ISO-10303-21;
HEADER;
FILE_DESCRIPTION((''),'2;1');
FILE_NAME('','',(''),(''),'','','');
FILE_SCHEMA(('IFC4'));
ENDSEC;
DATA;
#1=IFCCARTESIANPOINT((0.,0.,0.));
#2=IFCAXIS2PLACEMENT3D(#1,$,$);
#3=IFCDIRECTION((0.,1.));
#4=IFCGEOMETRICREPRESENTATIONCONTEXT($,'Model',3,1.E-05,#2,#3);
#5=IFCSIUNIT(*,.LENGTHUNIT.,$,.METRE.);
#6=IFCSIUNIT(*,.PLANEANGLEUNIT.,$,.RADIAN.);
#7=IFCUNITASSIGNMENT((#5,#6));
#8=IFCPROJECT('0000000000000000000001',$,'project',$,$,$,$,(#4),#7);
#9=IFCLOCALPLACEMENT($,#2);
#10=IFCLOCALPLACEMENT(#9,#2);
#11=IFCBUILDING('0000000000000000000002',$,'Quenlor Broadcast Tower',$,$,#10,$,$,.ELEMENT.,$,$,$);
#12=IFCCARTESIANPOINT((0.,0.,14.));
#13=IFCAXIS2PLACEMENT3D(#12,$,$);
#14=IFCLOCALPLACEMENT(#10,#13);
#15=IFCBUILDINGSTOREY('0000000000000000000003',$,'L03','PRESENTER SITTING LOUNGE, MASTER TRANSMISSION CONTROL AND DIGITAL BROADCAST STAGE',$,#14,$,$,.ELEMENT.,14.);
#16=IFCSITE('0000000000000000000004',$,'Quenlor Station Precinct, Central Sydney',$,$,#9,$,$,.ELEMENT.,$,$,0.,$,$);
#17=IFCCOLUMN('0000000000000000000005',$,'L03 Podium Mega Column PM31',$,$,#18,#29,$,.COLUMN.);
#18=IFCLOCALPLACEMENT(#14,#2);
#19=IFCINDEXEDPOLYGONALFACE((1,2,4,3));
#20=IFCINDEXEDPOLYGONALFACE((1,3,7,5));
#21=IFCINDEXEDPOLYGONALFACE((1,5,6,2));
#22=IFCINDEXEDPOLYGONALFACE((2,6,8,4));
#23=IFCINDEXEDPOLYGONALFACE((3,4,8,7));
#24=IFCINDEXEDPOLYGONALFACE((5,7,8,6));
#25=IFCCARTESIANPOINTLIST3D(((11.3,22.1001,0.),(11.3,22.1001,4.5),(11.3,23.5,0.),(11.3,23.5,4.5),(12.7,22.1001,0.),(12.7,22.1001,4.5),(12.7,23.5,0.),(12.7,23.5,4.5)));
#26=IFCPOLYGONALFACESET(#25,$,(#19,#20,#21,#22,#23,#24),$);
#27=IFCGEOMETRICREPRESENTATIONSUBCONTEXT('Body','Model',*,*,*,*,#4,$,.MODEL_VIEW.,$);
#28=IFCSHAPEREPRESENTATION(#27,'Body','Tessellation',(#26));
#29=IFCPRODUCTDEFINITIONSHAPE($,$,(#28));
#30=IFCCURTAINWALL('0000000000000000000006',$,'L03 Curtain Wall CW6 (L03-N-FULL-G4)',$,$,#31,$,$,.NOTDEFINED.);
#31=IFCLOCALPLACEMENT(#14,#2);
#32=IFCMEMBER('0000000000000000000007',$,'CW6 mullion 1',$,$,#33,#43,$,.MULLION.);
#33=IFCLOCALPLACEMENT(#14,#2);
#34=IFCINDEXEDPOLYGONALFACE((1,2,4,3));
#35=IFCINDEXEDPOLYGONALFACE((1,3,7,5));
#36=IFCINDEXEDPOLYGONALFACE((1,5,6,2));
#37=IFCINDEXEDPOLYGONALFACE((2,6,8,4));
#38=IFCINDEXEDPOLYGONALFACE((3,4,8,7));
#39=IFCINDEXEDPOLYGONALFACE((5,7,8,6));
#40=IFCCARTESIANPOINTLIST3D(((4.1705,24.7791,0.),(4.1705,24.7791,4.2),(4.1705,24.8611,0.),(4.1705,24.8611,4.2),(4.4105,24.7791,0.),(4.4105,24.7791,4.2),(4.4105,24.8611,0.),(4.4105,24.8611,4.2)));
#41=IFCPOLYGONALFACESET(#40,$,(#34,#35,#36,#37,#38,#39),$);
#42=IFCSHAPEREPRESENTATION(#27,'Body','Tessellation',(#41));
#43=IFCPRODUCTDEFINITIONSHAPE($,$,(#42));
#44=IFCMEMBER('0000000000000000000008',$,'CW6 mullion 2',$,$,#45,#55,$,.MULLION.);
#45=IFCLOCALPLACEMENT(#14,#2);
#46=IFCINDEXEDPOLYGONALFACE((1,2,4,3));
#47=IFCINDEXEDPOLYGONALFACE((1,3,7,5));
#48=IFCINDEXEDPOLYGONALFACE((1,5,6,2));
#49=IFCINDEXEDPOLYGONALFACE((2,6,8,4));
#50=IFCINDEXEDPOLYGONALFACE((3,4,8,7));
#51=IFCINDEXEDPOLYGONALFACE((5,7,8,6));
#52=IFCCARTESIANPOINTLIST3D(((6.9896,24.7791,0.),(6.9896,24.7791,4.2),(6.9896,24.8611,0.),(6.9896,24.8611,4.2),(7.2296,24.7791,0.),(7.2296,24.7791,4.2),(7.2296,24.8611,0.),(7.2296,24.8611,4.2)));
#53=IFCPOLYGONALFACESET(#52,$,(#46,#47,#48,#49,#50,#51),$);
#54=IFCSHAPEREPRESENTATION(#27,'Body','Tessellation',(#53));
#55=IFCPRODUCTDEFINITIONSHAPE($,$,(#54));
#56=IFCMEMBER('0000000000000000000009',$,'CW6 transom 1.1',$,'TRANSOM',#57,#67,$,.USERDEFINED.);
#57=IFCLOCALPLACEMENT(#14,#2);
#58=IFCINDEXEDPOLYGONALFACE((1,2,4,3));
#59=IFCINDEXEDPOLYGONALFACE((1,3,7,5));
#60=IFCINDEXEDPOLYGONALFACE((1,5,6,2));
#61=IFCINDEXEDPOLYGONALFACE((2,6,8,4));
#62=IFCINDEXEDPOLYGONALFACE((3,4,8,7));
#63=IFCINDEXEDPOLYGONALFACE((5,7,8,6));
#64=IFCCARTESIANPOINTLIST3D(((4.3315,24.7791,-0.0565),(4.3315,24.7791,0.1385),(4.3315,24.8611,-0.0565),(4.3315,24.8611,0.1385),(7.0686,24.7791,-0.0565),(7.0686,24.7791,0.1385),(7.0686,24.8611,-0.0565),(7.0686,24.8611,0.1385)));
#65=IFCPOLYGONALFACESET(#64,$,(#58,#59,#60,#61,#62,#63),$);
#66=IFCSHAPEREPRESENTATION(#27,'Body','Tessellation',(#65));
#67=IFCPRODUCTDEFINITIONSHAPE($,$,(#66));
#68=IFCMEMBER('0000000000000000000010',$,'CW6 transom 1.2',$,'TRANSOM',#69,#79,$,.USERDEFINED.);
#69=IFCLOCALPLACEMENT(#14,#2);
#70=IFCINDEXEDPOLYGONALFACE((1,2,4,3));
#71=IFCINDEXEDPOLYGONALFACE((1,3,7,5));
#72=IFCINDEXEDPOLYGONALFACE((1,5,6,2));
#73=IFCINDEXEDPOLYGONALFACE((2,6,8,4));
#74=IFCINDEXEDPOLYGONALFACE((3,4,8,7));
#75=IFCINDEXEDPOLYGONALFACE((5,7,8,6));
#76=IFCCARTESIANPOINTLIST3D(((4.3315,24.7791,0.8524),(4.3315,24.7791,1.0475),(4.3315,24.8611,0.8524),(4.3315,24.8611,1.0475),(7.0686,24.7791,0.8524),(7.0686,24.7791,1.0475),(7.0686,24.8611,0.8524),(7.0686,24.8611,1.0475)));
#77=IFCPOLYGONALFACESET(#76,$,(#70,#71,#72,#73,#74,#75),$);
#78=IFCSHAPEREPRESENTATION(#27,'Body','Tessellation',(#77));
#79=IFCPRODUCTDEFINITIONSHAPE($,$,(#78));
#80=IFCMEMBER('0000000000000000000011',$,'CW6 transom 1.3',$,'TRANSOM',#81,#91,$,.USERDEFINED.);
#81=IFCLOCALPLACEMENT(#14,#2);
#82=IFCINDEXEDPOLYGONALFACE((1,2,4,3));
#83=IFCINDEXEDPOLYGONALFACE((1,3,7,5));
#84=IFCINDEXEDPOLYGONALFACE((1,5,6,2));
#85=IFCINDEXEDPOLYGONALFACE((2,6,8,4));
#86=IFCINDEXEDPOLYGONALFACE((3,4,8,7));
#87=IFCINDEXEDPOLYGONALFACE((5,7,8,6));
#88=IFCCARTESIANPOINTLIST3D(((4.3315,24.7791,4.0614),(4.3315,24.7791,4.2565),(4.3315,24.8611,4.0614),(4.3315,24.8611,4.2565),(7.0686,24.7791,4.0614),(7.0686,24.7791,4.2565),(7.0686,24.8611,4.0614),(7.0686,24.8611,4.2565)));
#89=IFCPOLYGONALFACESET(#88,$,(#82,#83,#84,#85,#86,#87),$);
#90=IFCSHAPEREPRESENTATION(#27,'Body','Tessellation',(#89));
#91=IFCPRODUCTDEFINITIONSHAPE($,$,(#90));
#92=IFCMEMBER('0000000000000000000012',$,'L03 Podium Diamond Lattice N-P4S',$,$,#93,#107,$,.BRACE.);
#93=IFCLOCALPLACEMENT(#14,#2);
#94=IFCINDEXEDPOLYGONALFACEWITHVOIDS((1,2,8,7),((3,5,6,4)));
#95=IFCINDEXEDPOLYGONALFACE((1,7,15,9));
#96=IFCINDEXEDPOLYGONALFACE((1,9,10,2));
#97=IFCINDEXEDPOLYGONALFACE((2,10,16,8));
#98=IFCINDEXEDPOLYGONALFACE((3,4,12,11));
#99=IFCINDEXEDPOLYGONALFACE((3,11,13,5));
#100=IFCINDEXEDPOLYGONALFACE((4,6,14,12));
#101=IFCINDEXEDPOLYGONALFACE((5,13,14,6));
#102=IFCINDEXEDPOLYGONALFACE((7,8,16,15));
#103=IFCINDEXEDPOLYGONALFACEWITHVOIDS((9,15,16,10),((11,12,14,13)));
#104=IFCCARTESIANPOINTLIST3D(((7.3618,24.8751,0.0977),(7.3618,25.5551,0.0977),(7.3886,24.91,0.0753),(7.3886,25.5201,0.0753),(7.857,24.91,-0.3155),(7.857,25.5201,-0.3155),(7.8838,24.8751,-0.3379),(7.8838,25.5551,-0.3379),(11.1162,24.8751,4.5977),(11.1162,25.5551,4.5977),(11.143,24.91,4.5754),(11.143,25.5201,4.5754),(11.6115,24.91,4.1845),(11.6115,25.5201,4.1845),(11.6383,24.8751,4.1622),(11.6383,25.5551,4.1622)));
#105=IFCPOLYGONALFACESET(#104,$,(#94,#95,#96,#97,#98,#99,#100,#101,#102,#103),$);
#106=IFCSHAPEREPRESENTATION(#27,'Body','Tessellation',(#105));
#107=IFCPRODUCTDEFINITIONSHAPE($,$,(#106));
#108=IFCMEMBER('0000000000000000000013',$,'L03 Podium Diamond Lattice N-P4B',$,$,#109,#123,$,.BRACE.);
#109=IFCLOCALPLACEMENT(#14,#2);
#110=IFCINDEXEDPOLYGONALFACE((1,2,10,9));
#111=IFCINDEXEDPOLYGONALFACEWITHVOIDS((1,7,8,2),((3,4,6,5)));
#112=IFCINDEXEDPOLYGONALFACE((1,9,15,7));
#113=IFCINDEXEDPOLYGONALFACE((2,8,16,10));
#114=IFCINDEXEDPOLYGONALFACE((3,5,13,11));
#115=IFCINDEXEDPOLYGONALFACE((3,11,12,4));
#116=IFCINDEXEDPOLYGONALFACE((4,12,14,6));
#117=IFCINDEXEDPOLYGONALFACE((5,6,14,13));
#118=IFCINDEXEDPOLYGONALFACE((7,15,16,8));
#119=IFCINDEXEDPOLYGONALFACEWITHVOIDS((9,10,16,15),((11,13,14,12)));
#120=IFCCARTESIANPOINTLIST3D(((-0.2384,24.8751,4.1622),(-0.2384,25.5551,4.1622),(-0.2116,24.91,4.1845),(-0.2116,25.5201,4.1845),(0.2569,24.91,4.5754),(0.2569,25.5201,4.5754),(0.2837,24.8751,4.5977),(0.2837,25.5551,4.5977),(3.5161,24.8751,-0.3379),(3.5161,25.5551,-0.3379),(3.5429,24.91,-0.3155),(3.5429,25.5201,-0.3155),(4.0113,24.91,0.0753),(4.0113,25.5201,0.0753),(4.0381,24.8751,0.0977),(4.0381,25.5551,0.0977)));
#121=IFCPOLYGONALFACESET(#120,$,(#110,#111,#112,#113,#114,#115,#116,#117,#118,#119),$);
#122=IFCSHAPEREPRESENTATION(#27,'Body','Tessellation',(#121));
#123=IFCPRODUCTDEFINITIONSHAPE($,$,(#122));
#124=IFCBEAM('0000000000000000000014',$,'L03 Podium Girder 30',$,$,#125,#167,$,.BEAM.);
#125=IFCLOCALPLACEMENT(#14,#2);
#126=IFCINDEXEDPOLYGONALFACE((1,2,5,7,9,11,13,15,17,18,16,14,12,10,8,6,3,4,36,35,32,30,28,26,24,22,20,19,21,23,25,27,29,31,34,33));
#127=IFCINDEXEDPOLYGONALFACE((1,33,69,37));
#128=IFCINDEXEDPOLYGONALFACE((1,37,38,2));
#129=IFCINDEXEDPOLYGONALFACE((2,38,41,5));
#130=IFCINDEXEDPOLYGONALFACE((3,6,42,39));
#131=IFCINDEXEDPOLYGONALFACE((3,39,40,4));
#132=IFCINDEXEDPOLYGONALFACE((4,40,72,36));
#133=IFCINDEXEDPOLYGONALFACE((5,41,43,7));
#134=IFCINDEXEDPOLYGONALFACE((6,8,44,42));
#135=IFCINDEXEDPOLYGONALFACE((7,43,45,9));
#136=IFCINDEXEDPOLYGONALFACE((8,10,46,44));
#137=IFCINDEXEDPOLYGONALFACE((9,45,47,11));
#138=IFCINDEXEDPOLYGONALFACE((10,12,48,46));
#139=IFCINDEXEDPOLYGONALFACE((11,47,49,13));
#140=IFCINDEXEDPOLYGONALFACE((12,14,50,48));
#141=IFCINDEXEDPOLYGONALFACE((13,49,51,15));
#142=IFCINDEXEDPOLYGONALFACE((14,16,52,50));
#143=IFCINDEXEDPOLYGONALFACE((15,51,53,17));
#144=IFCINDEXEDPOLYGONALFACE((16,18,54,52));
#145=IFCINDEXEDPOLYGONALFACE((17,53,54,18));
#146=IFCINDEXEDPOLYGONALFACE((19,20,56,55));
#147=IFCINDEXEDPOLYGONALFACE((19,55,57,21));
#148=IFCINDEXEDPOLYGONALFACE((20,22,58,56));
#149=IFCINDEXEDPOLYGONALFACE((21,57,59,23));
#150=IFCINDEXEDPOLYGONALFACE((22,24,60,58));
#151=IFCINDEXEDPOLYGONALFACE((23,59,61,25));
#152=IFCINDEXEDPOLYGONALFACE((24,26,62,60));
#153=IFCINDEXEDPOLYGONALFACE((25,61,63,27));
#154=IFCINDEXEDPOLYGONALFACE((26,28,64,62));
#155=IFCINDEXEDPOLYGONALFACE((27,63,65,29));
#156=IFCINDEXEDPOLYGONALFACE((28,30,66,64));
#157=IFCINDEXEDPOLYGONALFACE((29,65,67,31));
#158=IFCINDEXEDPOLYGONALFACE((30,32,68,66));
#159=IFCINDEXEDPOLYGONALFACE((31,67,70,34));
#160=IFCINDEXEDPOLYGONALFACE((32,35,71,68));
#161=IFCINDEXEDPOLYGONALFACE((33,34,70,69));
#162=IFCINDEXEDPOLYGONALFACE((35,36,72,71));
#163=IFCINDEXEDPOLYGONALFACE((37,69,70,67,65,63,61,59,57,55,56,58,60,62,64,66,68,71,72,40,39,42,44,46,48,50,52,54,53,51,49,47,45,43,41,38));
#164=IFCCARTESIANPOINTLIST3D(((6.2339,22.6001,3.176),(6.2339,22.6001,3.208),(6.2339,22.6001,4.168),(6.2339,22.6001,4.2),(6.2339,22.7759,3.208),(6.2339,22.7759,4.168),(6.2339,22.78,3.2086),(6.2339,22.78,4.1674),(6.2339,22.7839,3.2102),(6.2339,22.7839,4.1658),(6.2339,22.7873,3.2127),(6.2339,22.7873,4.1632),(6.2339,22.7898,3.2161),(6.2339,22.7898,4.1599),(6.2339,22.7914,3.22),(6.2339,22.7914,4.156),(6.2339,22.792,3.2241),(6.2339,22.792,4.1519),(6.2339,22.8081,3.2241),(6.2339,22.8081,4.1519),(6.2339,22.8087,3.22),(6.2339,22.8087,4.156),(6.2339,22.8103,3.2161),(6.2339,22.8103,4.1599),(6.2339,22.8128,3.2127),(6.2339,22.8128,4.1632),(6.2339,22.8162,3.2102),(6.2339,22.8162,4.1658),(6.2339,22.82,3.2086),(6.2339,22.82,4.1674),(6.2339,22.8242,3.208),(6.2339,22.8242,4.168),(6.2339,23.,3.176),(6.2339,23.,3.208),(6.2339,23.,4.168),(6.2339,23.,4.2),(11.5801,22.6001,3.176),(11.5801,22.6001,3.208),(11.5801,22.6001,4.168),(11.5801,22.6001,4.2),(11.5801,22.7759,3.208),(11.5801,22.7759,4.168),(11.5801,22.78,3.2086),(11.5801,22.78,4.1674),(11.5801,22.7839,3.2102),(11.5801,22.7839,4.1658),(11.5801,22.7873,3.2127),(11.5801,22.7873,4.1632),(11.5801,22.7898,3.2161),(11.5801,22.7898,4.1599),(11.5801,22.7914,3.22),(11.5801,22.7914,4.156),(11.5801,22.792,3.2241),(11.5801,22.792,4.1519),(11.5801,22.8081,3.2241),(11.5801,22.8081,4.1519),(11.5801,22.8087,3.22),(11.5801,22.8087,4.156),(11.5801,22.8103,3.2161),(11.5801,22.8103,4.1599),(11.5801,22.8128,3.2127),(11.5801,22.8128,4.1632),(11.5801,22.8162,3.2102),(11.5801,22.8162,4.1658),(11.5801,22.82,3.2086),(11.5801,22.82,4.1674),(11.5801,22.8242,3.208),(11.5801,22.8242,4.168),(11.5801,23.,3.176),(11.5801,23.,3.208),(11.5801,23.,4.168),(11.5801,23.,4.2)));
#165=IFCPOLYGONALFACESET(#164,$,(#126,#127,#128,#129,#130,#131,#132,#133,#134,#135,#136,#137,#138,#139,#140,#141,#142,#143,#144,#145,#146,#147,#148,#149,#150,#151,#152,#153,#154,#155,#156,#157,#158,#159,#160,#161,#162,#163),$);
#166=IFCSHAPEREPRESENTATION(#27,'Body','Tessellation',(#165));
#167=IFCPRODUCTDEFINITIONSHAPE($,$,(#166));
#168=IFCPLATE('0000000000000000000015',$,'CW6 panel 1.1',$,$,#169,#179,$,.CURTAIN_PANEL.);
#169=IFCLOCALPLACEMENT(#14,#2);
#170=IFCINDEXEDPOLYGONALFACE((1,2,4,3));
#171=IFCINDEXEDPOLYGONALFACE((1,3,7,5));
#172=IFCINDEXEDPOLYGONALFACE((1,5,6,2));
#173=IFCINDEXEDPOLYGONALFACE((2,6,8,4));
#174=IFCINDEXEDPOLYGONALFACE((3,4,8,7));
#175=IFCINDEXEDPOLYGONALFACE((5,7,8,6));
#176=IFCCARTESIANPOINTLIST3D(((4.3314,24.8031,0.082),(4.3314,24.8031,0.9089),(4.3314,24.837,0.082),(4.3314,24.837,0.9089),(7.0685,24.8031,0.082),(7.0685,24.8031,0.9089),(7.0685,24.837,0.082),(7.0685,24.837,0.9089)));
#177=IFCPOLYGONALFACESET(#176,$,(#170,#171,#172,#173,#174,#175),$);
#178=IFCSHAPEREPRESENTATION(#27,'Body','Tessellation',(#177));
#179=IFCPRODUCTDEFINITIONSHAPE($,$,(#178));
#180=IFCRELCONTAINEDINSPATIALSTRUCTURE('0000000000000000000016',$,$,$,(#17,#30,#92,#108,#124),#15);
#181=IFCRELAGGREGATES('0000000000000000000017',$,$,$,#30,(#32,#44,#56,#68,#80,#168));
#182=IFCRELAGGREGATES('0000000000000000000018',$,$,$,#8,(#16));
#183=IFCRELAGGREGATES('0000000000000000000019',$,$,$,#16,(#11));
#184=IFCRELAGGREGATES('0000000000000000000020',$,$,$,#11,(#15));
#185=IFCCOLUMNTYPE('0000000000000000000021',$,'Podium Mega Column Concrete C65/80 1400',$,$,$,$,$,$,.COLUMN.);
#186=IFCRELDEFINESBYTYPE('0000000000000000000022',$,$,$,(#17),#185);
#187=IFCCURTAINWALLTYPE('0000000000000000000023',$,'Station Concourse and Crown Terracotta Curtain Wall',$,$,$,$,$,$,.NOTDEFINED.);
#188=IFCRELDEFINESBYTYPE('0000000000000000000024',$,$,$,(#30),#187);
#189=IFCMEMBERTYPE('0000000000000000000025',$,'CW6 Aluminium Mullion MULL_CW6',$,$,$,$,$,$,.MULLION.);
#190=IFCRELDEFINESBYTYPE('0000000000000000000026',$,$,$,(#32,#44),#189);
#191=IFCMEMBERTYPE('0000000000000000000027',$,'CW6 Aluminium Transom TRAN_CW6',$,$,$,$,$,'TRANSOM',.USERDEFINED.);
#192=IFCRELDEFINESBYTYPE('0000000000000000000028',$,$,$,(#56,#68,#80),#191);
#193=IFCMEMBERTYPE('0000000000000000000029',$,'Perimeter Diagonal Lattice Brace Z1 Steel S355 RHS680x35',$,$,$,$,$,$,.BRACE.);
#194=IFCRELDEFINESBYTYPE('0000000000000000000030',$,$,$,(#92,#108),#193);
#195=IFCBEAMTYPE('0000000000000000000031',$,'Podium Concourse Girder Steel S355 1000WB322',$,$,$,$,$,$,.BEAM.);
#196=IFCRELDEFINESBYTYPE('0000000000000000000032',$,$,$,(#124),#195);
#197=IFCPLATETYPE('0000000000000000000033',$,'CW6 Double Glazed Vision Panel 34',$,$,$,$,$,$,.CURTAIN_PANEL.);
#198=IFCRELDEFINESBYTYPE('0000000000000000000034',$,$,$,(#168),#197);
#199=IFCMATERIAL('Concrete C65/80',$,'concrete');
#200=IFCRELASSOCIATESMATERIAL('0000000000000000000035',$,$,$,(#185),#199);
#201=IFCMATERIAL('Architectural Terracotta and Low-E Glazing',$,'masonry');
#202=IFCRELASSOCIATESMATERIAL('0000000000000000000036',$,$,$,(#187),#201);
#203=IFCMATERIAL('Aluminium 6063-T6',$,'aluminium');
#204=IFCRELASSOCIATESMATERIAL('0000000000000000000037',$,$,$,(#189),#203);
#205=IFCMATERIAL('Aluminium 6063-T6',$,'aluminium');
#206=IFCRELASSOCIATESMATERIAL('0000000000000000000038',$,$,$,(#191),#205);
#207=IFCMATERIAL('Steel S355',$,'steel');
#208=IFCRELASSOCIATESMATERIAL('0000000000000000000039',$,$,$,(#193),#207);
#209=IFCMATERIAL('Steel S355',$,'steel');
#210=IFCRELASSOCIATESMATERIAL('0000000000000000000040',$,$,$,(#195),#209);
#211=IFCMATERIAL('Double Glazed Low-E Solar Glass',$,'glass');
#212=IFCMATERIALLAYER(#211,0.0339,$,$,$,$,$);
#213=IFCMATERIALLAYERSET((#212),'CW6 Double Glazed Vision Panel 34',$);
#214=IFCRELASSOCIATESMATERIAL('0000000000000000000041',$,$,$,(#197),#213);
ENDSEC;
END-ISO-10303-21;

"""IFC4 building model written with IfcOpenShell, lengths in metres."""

from ifc_helpers import new_model, si_unit, direction, frame, origin, origin_2d, place, context, subcontext, project, spatial, rectangle, hollow_rectangle, i_section, extrude, material, layer, layer_set, material_profile, profile_set, type_object, element, aggregate, save


model = new_model("IFC4")

# Units and contexts
model_context = context("Model", 3, precision=1e-05, world=origin(), true_north=direction((0.0, 1.0)))
body_context = subcontext(model_context, "Body", "Model", "MODEL_VIEW")
ifc_project = project(units=[si_unit("LENGTHUNIT", "METRE"), si_unit("PLANEANGLEUNIT", "RADIAN")], contexts=[model_context])

# Site, building, storey
site_placement = place(None, origin())
site = spatial("IfcSite", under=ifc_project, at=site_placement, Name="Quenlor Station Precinct, Central Sydney", CompositionType="ELEMENT", RefElevation=0.0)
building_placement = place(site_placement, origin())
building = spatial("IfcBuilding", under=site, at=building_placement, Name="Quenlor Broadcast Tower", CompositionType="ELEMENT")
storey_placement = place(building_placement, frame((0.0, 0.0, 14.0)))
storey = spatial("IfcBuildingStorey", under=building, at=storey_placement, Name="L03", Description="PRESENTER SITTING LOUNGE, MASTER TRANSMISSION CONTROL AND DIGITAL BROADCAST STAGE", CompositionType="ELEMENT", Elevation=14.0)

# Column
ifc_material_1 = material(Name="Concrete C65/80", Category="concrete")
ifc_material_profile_1 = material_profile(ifc_material_1, rectangle(XDim=1.3999, YDim=1.3999, at=origin_2d()))
ifc_profile_set_1 = profile_set([ifc_material_profile_1], Name="Concrete C65/80 RC1400x1400")
column_type = type_object("IfcColumnType", Name="Podium Mega Column Concrete C65/80 1400", PredefinedType="COLUMN", material=ifc_profile_set_1)
column_placement = place(storey_placement, frame((12.0, 22.8, 0.0), z_axis=(0.0, 0.0, 1.0), x_axis=(1.0, 0.0, 0.0)))
element("IfcColumn", 1, at=column_placement, inside=storey, type_object=column_type, Name="L03 Podium Mega Column PM31", PredefinedType="COLUMN", context=body_context, shape_type="SweptSolid", body=[
    extrude(rectangle(XDim=1.3999, YDim=1.3999, at=origin_2d()), origin(), (0.0, 0.0, 1.0), 4.5),
])

# Curtain wall, members
ifc_material_2 = material(Name="Architectural Terracotta and Low-E Glazing", Category="masonry")
curtain_wall_type = type_object("IfcCurtainWallType", Name="Station Concourse and Crown Terracotta Curtain Wall", PredefinedType="NOTDEFINED", material=ifc_material_2)
curtain_wall_placement = place(storey_placement, origin())
curtain_wall = element("IfcCurtainWall", 2, at=curtain_wall_placement, inside=storey, type_object=curtain_wall_type, Name="L03 Curtain Wall CW6 (L03-N-FULL-G4)", PredefinedType="NOTDEFINED")
ifc_material_3 = material(Name="Aluminium 6063-T6", Category="aluminium")
ifc_material_profile_2 = material_profile(ifc_material_3, rectangle(XDim=0.082, YDim=0.24, at=origin_2d()))
ifc_profile_set_2 = profile_set([ifc_material_profile_2], Name="Aluminium 6063-T6 MULL82x240")
member_type_1 = type_object("IfcMemberType", Name="CW6 Aluminium Mullion MULL_CW6", PredefinedType="MULLION", material=ifc_profile_set_2)
member_1_placement = place(storey_placement, frame((4.2905, 24.8201, 0.0), z_axis=(0.0, 0.0, 1.0), x_axis=(0.0, 1.0, 0.0)))
member_1 = element("IfcMember", 3, at=member_1_placement, type_object=member_type_1, Name="CW6 mullion 1", PredefinedType="MULLION", context=body_context, shape_type="SweptSolid", body=[
    extrude(rectangle(XDim=0.082, YDim=0.24, at=origin_2d()), origin(), (0.0, 0.0, 1.0), 4.2),
])
member_2_placement = place(storey_placement, frame((7.1096, 24.8201, 0.0), z_axis=(0.0, 0.0, 1.0), x_axis=(0.0, 1.0, 0.0)))
member_2 = element("IfcMember", 4, at=member_2_placement, type_object=member_type_1, Name="CW6 mullion 2", PredefinedType="MULLION", context=body_context, shape_type="SweptSolid", body=[
    extrude(rectangle(XDim=0.082, YDim=0.24, at=origin_2d()), origin(), (0.0, 0.0, 1.0), 4.2),
])
ifc_material_4 = material(Name="Aluminium 6063-T6", Category="aluminium")
ifc_material_profile_3 = material_profile(ifc_material_4, rectangle(XDim=0.082, YDim=0.1951, at=origin_2d()))
ifc_profile_set_3 = profile_set([ifc_material_profile_3], Name="Aluminium 6063-T6 TRAN82x195")
member_type_2 = type_object("IfcMemberType", Name="CW6 Aluminium Transom TRAN_CW6", ElementType="TRANSOM", PredefinedType="USERDEFINED", material=ifc_profile_set_3)
member_3_placement = place(storey_placement, frame((4.3315, 24.8201, 0.041), z_axis=(1.0, 0.0, 0.0), x_axis=(0.0, 1.0, 0.0)))
member_3 = element("IfcMember", 5, at=member_3_placement, type_object=member_type_2, Name="CW6 transom 1.1", ObjectType="TRANSOM", PredefinedType="USERDEFINED", context=body_context, shape_type="SweptSolid", body=[
    extrude(rectangle(XDim=0.082, YDim=0.1951, at=origin_2d()), origin(), (0.0, 0.0, 1.0), 2.7371),
])
member_4_placement = place(storey_placement, frame((4.3315, 24.8201, 0.95), z_axis=(1.0, 0.0, 0.0), x_axis=(0.0, 1.0, 0.0)))
member_4 = element("IfcMember", 6, at=member_4_placement, type_object=member_type_2, Name="CW6 transom 1.2", ObjectType="TRANSOM", PredefinedType="USERDEFINED", context=body_context, shape_type="SweptSolid", body=[
    extrude(rectangle(XDim=0.082, YDim=0.1951, at=origin_2d()), origin(), (0.0, 0.0, 1.0), 2.7371),
])
member_5_placement = place(storey_placement, frame((4.3315, 24.8201, 4.1589), z_axis=(1.0, 0.0, 0.0), x_axis=(0.0, 1.0, 0.0)))
member_5 = element("IfcMember", 7, at=member_5_placement, type_object=member_type_2, Name="CW6 transom 1.3", ObjectType="TRANSOM", PredefinedType="USERDEFINED", context=body_context, shape_type="SweptSolid", body=[
    extrude(rectangle(XDim=0.082, YDim=0.1951, at=origin_2d()), origin(), (0.0, 0.0, 1.0), 2.7371),
])

# Members
ifc_material_5 = material(Name="Steel S355", Category="steel")
ifc_material_profile_4 = material_profile(ifc_material_5, hollow_rectangle(XDim=0.6799, YDim=0.6799, WallThickness=0.0349, at=origin_2d()))
ifc_profile_set_4 = profile_set([ifc_material_profile_4], Name="Steel S355 RHS680x680x35")
member_type_3 = type_object("IfcMemberType", Name="Perimeter Diagonal Lattice Brace Z1 Steel S355 RHS680x35", PredefinedType="BRACE", material=ifc_profile_set_4)
for number, where, z_axis, x_axis, name in (
    (8, (7.6228, 25.2151, -0.1201), (0.640627, 0.0, 0.767852), (0.0, 1.0, 0.0), "L03 Podium Diamond Lattice N-P4S"),
    (9, (3.7771, 25.2151, -0.1201), (-0.640627, 0.0, 0.767852), (0.0, -1.0, 0.0), "L03 Podium Diamond Lattice N-P4B"),
):
    element("IfcMember", number, at=place(storey_placement, frame(where, z_axis=z_axis, x_axis=x_axis)), inside=storey, type_object=member_type_3, Name=name, PredefinedType="BRACE", context=body_context, shape_type="SweptSolid", body=[
        extrude(hollow_rectangle(XDim=0.6799, YDim=0.6799, WallThickness=0.0349, at=origin_2d()), origin(), (0.0, 0.0, 1.0), 5.8606),
    ])

# Beam
ifc_material_6 = material(Name="Steel S355", Category="steel")
ifc_material_profile_5 = material_profile(ifc_material_6, i_section(OverallWidth=0.3999, OverallDepth=1.0239, WebThickness=0.0161, FlangeThickness=0.032, FilletRadius=0.0161, at=origin_2d()))
ifc_profile_set_5 = profile_set([ifc_material_profile_5], Name="Steel S355 1000WB322")
beam_type = type_object("IfcBeamType", Name="Podium Concourse Girder Steel S355 1000WB322", PredefinedType="BEAM", material=ifc_profile_set_5)
beam_placement = place(storey_placement, frame((6.2339, 22.8, 3.688), z_axis=(1.0, 0.0, 0.0), x_axis=(0.0, 1.0, 0.0)))
element("IfcBeam", 10, at=beam_placement, inside=storey, type_object=beam_type, Name="L03 Podium Girder 30", PredefinedType="BEAM", context=body_context, shape_type="SweptSolid", body=[
    extrude(i_section(OverallWidth=0.3999, OverallDepth=1.0239, WebThickness=0.0161, FlangeThickness=0.032, FilletRadius=0.0161, at=origin_2d()), origin(), (0.0, 0.0, 1.0), 5.3462),
])

# Plate
ifc_material_7 = material(Name="Double Glazed Low-E Solar Glass", Category="glass")
ifc_layer_1 = layer(ifc_material_7, 0.0339)
ifc_layer_set_1 = layer_set([ifc_layer_1], Name="CW6 Double Glazed Vision Panel 34")
plate_type_1 = type_object("IfcPlateType", Name="CW6 Double Glazed Vision Panel 34", PredefinedType="CURTAIN_PANEL", material=ifc_layer_set_1)
plate_1_placement = place(storey_placement, frame((5.7, 24.8201, 0.082), z_axis=(0.0, 0.0, 1.0), x_axis=(1.0, 0.0, 0.0)))
plate_1 = element("IfcPlate", 11, at=plate_1_placement, type_object=plate_type_1, Name="CW6 panel 1.1", PredefinedType="CURTAIN_PANEL", context=body_context, shape_type="SweptSolid", body=[
    extrude(rectangle(XDim=2.7371, YDim=0.0339, at=origin_2d()), origin(), (0.0, 0.0, 1.0), 0.8269),
])
aggregate(curtain_wall, [member_1, member_2, member_3, member_4, member_5, plate_1])

save(model, "model.ifc")
